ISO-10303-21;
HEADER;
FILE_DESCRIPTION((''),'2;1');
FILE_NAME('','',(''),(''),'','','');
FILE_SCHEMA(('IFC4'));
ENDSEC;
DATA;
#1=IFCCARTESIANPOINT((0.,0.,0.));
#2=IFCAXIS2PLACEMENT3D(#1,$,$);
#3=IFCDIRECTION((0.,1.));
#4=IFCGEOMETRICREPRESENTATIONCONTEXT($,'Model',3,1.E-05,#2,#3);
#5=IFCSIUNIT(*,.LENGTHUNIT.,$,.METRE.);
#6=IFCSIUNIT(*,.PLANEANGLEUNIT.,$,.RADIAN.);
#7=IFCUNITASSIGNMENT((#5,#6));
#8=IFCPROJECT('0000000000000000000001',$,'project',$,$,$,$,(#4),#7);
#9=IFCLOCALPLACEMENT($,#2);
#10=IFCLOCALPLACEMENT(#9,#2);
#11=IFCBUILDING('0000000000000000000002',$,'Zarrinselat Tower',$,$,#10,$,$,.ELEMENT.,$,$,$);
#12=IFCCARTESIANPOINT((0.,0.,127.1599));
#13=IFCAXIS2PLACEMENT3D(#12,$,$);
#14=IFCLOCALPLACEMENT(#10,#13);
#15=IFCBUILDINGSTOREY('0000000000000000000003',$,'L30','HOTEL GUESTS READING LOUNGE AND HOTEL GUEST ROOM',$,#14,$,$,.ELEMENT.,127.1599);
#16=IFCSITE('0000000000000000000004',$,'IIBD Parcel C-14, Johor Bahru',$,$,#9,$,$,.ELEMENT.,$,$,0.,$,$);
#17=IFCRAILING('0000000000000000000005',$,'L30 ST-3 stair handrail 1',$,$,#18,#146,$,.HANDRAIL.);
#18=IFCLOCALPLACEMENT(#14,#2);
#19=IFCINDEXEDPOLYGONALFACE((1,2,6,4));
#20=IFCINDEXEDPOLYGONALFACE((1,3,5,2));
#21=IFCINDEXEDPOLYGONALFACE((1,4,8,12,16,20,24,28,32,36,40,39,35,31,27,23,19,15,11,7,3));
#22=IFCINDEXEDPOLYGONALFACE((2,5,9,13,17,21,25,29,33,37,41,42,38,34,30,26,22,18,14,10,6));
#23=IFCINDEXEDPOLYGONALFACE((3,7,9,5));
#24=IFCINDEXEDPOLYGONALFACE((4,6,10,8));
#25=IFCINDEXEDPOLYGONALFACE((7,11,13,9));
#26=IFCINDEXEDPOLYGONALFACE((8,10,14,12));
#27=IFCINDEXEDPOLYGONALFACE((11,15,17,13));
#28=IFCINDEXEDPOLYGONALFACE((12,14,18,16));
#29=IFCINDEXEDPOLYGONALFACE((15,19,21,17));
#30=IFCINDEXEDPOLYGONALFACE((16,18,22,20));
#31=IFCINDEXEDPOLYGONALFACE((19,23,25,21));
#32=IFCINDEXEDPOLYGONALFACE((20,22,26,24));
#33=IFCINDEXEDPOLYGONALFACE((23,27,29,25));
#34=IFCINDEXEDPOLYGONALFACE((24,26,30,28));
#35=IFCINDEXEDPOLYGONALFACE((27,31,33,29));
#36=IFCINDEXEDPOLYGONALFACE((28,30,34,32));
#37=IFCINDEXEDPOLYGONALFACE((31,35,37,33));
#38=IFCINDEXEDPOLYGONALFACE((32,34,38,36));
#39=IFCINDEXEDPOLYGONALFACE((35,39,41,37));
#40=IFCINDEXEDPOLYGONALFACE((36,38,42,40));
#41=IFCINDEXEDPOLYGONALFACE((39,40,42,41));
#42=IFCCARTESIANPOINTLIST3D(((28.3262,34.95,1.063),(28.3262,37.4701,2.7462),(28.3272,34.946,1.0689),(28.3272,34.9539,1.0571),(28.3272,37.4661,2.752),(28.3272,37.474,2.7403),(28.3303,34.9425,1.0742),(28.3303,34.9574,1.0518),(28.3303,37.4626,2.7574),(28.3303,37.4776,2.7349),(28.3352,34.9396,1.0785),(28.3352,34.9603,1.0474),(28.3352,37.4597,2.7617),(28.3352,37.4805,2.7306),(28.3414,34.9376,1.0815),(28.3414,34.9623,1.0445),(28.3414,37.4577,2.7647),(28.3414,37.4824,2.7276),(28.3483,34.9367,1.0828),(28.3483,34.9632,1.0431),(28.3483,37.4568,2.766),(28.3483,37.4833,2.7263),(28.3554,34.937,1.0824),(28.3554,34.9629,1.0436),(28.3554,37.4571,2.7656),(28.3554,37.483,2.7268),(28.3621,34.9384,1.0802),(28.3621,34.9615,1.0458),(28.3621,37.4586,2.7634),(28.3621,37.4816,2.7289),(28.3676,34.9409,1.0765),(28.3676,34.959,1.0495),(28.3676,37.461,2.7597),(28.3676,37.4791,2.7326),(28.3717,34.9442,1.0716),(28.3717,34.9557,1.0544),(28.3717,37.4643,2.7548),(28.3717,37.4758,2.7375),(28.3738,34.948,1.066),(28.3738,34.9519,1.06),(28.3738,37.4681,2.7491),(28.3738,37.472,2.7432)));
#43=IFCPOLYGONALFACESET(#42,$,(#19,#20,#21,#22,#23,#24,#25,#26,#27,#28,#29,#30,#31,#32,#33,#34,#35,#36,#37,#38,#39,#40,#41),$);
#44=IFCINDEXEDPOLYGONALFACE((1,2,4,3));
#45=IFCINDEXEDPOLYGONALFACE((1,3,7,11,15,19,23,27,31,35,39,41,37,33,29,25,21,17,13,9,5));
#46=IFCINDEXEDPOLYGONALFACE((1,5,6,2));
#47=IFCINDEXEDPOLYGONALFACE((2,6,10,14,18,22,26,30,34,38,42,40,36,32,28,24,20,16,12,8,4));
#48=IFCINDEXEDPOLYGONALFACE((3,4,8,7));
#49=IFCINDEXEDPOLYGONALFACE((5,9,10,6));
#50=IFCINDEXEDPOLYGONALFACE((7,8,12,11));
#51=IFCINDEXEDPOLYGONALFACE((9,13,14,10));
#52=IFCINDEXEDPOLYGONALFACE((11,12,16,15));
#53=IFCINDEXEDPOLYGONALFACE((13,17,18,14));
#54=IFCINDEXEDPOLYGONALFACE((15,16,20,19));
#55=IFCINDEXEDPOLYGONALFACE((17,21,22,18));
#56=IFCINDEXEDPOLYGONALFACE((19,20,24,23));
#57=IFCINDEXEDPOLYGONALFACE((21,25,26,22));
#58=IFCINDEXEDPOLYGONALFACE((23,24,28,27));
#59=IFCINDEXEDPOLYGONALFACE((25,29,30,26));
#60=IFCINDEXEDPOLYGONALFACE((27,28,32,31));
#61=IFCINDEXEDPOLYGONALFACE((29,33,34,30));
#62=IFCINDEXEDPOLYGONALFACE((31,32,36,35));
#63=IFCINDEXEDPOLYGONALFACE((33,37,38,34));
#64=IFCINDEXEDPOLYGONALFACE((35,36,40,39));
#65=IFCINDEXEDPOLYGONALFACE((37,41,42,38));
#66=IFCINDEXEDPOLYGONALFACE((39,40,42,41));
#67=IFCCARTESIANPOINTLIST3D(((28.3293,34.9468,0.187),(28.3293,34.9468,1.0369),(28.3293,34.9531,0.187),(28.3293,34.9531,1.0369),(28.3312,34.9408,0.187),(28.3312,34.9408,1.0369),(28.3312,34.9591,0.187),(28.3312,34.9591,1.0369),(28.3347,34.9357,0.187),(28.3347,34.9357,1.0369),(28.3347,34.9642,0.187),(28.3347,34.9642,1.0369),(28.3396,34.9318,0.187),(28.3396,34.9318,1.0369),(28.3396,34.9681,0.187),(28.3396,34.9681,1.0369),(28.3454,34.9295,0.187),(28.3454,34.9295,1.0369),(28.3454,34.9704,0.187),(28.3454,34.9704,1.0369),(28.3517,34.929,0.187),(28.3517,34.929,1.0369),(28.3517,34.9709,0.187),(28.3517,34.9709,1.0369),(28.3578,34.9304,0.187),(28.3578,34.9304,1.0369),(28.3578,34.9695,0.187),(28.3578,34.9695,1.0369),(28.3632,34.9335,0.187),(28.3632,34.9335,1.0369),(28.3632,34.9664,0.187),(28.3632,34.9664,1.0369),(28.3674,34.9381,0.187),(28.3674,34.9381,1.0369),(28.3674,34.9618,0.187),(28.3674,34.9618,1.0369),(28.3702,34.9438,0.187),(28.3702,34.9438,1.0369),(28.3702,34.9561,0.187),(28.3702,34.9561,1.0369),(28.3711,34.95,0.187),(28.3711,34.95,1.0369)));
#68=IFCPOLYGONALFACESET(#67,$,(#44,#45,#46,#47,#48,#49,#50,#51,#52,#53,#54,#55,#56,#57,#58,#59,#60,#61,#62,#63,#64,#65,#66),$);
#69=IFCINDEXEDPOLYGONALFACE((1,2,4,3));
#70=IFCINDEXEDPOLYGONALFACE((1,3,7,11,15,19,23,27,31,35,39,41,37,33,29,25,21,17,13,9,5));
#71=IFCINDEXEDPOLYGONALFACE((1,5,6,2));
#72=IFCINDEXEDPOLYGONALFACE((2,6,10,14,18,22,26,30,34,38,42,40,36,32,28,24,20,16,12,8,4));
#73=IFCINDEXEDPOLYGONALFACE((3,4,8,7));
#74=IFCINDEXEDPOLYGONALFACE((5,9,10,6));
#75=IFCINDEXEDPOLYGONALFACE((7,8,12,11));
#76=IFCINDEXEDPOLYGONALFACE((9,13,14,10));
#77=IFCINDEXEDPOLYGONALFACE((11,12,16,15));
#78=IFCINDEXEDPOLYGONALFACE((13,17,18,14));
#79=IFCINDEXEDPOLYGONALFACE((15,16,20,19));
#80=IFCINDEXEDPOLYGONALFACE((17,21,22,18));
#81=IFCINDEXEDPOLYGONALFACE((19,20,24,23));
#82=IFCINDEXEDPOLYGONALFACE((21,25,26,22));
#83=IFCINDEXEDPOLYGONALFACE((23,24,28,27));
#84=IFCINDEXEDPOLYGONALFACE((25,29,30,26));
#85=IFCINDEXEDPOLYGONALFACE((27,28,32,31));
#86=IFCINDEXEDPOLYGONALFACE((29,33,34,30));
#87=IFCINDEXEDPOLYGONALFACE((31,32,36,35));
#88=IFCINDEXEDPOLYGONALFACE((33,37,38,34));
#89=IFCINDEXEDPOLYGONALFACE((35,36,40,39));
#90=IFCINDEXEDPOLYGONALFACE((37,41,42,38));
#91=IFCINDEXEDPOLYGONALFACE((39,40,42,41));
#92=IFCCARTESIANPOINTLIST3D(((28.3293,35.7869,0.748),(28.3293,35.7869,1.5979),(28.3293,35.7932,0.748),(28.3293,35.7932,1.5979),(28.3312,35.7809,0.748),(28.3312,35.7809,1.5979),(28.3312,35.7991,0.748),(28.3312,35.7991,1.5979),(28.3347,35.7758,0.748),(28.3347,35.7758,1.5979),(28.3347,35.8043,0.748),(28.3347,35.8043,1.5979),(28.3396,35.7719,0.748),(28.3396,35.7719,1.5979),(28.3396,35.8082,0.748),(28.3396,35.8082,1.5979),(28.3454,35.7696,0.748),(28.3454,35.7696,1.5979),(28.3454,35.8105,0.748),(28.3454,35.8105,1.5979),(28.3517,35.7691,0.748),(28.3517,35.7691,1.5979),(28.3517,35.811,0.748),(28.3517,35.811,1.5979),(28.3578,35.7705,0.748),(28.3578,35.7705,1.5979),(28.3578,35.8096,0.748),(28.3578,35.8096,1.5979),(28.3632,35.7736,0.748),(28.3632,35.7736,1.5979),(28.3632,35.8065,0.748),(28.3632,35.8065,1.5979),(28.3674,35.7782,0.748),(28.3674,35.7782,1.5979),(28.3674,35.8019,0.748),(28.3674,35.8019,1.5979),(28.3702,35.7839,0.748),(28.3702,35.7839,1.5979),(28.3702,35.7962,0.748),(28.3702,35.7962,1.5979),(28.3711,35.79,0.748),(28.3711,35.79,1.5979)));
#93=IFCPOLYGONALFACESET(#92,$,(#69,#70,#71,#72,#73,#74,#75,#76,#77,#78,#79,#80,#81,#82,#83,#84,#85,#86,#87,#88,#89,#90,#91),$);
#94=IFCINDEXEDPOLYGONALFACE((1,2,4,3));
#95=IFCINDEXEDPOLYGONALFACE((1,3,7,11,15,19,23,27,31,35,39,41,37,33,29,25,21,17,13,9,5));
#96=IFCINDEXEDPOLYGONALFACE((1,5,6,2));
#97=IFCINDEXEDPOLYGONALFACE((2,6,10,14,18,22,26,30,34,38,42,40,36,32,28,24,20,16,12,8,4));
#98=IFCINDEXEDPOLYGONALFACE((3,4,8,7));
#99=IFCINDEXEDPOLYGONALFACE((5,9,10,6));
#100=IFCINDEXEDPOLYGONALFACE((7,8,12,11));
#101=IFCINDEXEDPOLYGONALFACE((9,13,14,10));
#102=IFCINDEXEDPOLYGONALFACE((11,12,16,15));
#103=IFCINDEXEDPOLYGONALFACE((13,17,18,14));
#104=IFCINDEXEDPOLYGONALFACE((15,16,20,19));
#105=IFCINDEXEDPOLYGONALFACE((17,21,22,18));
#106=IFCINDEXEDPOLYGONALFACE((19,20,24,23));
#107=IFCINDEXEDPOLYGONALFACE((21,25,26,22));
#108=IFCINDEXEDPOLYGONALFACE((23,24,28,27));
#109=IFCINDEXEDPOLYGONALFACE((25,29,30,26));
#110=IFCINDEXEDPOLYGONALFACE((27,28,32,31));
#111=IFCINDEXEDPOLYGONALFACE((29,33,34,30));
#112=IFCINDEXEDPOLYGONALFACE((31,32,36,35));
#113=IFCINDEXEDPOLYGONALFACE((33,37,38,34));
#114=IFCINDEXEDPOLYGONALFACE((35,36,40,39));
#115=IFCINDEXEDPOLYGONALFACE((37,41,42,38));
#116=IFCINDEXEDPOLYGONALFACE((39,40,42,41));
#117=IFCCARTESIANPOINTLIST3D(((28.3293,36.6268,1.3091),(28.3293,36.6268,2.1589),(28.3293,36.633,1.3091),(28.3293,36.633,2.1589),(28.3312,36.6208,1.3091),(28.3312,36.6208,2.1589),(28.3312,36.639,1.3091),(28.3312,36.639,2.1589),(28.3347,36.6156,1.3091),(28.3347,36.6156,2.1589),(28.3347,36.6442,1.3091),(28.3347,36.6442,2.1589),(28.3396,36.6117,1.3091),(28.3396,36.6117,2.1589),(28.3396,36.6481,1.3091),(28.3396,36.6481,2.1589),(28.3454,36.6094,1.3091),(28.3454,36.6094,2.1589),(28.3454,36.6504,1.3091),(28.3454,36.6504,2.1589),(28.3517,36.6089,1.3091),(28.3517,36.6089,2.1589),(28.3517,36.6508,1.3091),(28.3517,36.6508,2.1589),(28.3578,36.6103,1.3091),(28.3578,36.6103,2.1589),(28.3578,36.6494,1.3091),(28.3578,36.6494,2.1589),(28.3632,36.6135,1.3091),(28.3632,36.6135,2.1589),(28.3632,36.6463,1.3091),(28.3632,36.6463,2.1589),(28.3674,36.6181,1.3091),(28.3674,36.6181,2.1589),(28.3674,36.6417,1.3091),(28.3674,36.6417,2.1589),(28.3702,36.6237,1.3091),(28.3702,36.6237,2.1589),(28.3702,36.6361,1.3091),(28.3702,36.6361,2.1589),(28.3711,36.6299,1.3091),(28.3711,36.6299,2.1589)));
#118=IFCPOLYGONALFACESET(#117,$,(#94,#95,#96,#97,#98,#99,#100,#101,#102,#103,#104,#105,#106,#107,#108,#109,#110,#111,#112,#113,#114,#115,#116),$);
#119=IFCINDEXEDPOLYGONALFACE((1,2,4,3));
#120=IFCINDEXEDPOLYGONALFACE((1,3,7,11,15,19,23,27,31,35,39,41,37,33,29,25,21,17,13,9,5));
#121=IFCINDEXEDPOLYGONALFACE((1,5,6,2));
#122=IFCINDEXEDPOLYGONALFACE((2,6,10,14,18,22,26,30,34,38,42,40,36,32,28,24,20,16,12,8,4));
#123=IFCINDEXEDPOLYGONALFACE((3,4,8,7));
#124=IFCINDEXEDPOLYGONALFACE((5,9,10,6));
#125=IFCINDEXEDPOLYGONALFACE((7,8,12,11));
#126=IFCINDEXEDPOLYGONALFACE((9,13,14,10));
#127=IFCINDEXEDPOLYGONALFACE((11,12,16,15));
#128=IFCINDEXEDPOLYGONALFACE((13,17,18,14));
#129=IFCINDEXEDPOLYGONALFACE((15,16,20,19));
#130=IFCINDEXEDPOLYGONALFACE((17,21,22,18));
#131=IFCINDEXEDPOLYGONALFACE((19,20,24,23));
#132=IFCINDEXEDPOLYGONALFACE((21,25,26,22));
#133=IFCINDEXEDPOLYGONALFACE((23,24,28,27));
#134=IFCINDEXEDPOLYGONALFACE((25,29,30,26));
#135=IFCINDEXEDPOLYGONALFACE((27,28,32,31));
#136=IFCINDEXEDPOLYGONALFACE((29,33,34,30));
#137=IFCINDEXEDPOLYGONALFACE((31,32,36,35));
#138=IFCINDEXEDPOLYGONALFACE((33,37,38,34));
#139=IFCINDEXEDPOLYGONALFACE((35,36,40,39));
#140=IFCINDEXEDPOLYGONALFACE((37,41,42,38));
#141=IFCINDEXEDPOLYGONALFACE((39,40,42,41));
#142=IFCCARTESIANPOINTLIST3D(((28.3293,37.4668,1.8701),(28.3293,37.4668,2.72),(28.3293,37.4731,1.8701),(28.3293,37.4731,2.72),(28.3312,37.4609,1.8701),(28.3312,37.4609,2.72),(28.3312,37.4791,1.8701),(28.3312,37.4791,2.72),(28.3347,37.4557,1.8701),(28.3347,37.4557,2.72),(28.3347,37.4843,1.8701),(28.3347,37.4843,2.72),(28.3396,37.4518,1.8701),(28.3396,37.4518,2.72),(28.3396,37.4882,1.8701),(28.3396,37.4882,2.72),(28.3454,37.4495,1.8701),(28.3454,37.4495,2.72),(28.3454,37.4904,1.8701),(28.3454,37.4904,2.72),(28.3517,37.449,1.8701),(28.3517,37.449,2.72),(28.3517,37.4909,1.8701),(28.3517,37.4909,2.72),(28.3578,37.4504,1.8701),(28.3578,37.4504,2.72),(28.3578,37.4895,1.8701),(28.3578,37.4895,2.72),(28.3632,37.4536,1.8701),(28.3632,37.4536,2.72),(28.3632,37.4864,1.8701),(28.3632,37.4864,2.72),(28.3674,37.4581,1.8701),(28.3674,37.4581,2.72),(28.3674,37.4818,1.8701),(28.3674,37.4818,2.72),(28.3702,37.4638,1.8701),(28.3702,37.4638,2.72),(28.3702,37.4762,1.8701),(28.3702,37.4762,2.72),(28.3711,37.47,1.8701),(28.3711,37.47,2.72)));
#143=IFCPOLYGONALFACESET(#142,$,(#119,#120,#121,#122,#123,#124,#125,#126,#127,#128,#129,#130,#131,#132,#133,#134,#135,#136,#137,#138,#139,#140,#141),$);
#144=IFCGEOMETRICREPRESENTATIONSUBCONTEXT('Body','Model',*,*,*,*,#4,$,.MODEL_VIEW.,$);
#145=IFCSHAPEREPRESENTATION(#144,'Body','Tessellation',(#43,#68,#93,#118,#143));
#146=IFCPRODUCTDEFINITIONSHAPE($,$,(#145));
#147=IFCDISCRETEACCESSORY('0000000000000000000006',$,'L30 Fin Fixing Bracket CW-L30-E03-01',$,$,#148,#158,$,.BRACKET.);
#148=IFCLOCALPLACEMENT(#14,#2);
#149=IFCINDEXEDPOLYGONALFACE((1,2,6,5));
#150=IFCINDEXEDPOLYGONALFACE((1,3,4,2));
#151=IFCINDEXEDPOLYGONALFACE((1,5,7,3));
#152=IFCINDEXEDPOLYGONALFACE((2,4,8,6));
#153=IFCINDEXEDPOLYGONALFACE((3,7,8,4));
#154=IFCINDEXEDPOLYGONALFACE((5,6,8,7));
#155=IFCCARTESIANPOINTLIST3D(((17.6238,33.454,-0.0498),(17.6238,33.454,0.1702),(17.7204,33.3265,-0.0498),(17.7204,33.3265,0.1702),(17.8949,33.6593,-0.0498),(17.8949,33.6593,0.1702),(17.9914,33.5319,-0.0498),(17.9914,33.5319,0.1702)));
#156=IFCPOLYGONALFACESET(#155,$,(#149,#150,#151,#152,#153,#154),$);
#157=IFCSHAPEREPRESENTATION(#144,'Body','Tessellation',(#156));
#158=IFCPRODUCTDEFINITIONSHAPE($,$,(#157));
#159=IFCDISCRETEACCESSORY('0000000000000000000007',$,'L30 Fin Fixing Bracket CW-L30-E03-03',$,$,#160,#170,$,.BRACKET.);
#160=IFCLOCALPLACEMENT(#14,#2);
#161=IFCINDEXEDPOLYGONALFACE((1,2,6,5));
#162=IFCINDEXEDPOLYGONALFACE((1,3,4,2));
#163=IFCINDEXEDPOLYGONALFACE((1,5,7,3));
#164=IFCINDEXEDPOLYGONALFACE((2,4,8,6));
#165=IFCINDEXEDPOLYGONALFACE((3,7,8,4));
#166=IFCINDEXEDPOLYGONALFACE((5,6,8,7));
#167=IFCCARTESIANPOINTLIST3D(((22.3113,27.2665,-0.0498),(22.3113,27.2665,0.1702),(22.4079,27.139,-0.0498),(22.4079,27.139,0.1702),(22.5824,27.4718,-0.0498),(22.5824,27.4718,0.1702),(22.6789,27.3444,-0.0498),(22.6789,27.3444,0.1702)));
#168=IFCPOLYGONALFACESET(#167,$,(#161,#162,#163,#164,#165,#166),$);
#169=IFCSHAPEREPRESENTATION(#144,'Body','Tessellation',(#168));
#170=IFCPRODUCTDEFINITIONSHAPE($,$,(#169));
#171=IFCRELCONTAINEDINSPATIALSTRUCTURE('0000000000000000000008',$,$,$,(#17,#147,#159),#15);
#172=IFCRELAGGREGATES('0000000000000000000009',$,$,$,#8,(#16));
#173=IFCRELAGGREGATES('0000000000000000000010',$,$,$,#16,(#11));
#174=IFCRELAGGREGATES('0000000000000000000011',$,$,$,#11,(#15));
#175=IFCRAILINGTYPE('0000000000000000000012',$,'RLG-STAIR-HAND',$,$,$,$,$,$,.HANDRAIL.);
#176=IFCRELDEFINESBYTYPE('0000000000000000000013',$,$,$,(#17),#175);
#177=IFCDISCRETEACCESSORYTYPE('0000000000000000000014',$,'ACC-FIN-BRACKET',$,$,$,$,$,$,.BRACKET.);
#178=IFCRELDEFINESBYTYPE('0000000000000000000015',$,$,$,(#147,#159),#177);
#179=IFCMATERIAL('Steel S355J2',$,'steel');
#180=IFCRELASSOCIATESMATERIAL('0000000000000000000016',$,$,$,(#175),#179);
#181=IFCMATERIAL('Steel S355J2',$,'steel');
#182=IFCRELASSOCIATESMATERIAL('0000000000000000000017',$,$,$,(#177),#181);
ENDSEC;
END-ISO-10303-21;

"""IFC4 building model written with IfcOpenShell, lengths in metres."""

from ifc_helpers import new_model, si_unit, direction, frame, origin, origin_2d, place, context, subcontext, project, spatial, rectangle, circle, extrude, material, type_object, element, save


model = new_model("IFC4")

# Units and contexts
model_context = context("Model", 3, precision=1e-05, world=origin(), true_north=direction((0.0, 1.0)))
body_context = subcontext(model_context, "Body", "Model", "MODEL_VIEW")
ifc_project = project(units=[si_unit("LENGTHUNIT", "METRE"), si_unit("PLANEANGLEUNIT", "RADIAN")], contexts=[model_context])

# Site, building, storey
site_placement = place(None, origin())
site = spatial("IfcSite", under=ifc_project, at=site_placement, Name="IIBD Parcel C-14, Johor Bahru", CompositionType="ELEMENT", RefElevation=0.0)
building_placement = place(site_placement, origin())
building = spatial("IfcBuilding", under=site, at=building_placement, Name="Zarrinselat Tower", CompositionType="ELEMENT")
storey_placement = place(building_placement, frame((0.0, 0.0, 127.1599)))
storey = spatial("IfcBuildingStorey", under=building, at=storey_placement, Name="L30", Description="HOTEL GUESTS READING LOUNGE AND HOTEL GUEST ROOM", CompositionType="ELEMENT", Elevation=127.1599)

# Railing
ifc_material_1 = material(Name="Steel S355J2", Category="steel")
railing_type_1 = type_object("IfcRailingType", Name="RLG-STAIR-HAND", PredefinedType="HANDRAIL", material=ifc_material_1)
railing_1_placement = place(storey_placement, frame((28.3501, 34.95, 0.187)))
element("IfcRailing", 1, at=railing_1_placement, inside=storey, type_object=railing_type_1, Name="L30 ST-3 stair handrail 1", PredefinedType="HANDRAIL", context=body_context, shape_type="SweptSolid", body=[
    extrude(circle(Radius=0.0239, at=origin_2d()), frame((0.0, 0.0, 0.876), z_axis=(0.0, 0.831579, 0.555406), x_axis=(-1.0, 0.0, 0.0)), (0.0, 0.0, 1.0), 3.0305),
    extrude(circle(Radius=0.021, at=origin_2d()), origin(), (0.0, 0.0, 1.0), 0.8499),
    extrude(circle(Radius=0.021, at=origin_2d()), frame((0.0, 0.8401, 0.561)), (0.0, 0.0, 1.0), 0.8499),
    extrude(circle(Radius=0.021, at=origin_2d()), frame((0.0, 1.6799, 1.1221)), (0.0, 0.0, 1.0), 0.8499),
    extrude(circle(Radius=0.021, at=origin_2d()), frame((0.0, 2.52, 1.6831)), (0.0, 0.0, 1.0), 0.8499),
])

# Discrete accessories
ifc_material_2 = material(Name="Steel S355J2", Category="steel")
discrete_accessory_type = type_object("IfcDiscreteAccessoryType", Name="ACC-FIN-BRACKET", PredefinedType="BRACKET", material=ifc_material_2)
for number, where, z_axis, x_axis, name in (
    (2, (17.8076, 33.4929, -0.0498), (0.0, 0.0, 1.0), (-0.797092, -0.603858, 0.0), "L30 Fin Fixing Bracket CW-L30-E03-01"),
    (3, (22.4951, 27.3054, -0.0498), (0.0, 0.0, 1.0), (-0.797092, -0.603858, 0.0), "L30 Fin Fixing Bracket CW-L30-E03-03"),
):
    element("IfcDiscreteAccessory", number, at=place(storey_placement, frame(where, z_axis=z_axis, x_axis=x_axis)), inside=storey, type_object=discrete_accessory_type, Name=name, PredefinedType="BRACKET", context=body_context, shape_type="SweptSolid", body=[
        extrude(rectangle(XDim=0.3401, YDim=0.1599, at=origin_2d()), origin(), (0.0, 0.0, 1.0), 0.22),
    ])

save(model, "model.ifc")
